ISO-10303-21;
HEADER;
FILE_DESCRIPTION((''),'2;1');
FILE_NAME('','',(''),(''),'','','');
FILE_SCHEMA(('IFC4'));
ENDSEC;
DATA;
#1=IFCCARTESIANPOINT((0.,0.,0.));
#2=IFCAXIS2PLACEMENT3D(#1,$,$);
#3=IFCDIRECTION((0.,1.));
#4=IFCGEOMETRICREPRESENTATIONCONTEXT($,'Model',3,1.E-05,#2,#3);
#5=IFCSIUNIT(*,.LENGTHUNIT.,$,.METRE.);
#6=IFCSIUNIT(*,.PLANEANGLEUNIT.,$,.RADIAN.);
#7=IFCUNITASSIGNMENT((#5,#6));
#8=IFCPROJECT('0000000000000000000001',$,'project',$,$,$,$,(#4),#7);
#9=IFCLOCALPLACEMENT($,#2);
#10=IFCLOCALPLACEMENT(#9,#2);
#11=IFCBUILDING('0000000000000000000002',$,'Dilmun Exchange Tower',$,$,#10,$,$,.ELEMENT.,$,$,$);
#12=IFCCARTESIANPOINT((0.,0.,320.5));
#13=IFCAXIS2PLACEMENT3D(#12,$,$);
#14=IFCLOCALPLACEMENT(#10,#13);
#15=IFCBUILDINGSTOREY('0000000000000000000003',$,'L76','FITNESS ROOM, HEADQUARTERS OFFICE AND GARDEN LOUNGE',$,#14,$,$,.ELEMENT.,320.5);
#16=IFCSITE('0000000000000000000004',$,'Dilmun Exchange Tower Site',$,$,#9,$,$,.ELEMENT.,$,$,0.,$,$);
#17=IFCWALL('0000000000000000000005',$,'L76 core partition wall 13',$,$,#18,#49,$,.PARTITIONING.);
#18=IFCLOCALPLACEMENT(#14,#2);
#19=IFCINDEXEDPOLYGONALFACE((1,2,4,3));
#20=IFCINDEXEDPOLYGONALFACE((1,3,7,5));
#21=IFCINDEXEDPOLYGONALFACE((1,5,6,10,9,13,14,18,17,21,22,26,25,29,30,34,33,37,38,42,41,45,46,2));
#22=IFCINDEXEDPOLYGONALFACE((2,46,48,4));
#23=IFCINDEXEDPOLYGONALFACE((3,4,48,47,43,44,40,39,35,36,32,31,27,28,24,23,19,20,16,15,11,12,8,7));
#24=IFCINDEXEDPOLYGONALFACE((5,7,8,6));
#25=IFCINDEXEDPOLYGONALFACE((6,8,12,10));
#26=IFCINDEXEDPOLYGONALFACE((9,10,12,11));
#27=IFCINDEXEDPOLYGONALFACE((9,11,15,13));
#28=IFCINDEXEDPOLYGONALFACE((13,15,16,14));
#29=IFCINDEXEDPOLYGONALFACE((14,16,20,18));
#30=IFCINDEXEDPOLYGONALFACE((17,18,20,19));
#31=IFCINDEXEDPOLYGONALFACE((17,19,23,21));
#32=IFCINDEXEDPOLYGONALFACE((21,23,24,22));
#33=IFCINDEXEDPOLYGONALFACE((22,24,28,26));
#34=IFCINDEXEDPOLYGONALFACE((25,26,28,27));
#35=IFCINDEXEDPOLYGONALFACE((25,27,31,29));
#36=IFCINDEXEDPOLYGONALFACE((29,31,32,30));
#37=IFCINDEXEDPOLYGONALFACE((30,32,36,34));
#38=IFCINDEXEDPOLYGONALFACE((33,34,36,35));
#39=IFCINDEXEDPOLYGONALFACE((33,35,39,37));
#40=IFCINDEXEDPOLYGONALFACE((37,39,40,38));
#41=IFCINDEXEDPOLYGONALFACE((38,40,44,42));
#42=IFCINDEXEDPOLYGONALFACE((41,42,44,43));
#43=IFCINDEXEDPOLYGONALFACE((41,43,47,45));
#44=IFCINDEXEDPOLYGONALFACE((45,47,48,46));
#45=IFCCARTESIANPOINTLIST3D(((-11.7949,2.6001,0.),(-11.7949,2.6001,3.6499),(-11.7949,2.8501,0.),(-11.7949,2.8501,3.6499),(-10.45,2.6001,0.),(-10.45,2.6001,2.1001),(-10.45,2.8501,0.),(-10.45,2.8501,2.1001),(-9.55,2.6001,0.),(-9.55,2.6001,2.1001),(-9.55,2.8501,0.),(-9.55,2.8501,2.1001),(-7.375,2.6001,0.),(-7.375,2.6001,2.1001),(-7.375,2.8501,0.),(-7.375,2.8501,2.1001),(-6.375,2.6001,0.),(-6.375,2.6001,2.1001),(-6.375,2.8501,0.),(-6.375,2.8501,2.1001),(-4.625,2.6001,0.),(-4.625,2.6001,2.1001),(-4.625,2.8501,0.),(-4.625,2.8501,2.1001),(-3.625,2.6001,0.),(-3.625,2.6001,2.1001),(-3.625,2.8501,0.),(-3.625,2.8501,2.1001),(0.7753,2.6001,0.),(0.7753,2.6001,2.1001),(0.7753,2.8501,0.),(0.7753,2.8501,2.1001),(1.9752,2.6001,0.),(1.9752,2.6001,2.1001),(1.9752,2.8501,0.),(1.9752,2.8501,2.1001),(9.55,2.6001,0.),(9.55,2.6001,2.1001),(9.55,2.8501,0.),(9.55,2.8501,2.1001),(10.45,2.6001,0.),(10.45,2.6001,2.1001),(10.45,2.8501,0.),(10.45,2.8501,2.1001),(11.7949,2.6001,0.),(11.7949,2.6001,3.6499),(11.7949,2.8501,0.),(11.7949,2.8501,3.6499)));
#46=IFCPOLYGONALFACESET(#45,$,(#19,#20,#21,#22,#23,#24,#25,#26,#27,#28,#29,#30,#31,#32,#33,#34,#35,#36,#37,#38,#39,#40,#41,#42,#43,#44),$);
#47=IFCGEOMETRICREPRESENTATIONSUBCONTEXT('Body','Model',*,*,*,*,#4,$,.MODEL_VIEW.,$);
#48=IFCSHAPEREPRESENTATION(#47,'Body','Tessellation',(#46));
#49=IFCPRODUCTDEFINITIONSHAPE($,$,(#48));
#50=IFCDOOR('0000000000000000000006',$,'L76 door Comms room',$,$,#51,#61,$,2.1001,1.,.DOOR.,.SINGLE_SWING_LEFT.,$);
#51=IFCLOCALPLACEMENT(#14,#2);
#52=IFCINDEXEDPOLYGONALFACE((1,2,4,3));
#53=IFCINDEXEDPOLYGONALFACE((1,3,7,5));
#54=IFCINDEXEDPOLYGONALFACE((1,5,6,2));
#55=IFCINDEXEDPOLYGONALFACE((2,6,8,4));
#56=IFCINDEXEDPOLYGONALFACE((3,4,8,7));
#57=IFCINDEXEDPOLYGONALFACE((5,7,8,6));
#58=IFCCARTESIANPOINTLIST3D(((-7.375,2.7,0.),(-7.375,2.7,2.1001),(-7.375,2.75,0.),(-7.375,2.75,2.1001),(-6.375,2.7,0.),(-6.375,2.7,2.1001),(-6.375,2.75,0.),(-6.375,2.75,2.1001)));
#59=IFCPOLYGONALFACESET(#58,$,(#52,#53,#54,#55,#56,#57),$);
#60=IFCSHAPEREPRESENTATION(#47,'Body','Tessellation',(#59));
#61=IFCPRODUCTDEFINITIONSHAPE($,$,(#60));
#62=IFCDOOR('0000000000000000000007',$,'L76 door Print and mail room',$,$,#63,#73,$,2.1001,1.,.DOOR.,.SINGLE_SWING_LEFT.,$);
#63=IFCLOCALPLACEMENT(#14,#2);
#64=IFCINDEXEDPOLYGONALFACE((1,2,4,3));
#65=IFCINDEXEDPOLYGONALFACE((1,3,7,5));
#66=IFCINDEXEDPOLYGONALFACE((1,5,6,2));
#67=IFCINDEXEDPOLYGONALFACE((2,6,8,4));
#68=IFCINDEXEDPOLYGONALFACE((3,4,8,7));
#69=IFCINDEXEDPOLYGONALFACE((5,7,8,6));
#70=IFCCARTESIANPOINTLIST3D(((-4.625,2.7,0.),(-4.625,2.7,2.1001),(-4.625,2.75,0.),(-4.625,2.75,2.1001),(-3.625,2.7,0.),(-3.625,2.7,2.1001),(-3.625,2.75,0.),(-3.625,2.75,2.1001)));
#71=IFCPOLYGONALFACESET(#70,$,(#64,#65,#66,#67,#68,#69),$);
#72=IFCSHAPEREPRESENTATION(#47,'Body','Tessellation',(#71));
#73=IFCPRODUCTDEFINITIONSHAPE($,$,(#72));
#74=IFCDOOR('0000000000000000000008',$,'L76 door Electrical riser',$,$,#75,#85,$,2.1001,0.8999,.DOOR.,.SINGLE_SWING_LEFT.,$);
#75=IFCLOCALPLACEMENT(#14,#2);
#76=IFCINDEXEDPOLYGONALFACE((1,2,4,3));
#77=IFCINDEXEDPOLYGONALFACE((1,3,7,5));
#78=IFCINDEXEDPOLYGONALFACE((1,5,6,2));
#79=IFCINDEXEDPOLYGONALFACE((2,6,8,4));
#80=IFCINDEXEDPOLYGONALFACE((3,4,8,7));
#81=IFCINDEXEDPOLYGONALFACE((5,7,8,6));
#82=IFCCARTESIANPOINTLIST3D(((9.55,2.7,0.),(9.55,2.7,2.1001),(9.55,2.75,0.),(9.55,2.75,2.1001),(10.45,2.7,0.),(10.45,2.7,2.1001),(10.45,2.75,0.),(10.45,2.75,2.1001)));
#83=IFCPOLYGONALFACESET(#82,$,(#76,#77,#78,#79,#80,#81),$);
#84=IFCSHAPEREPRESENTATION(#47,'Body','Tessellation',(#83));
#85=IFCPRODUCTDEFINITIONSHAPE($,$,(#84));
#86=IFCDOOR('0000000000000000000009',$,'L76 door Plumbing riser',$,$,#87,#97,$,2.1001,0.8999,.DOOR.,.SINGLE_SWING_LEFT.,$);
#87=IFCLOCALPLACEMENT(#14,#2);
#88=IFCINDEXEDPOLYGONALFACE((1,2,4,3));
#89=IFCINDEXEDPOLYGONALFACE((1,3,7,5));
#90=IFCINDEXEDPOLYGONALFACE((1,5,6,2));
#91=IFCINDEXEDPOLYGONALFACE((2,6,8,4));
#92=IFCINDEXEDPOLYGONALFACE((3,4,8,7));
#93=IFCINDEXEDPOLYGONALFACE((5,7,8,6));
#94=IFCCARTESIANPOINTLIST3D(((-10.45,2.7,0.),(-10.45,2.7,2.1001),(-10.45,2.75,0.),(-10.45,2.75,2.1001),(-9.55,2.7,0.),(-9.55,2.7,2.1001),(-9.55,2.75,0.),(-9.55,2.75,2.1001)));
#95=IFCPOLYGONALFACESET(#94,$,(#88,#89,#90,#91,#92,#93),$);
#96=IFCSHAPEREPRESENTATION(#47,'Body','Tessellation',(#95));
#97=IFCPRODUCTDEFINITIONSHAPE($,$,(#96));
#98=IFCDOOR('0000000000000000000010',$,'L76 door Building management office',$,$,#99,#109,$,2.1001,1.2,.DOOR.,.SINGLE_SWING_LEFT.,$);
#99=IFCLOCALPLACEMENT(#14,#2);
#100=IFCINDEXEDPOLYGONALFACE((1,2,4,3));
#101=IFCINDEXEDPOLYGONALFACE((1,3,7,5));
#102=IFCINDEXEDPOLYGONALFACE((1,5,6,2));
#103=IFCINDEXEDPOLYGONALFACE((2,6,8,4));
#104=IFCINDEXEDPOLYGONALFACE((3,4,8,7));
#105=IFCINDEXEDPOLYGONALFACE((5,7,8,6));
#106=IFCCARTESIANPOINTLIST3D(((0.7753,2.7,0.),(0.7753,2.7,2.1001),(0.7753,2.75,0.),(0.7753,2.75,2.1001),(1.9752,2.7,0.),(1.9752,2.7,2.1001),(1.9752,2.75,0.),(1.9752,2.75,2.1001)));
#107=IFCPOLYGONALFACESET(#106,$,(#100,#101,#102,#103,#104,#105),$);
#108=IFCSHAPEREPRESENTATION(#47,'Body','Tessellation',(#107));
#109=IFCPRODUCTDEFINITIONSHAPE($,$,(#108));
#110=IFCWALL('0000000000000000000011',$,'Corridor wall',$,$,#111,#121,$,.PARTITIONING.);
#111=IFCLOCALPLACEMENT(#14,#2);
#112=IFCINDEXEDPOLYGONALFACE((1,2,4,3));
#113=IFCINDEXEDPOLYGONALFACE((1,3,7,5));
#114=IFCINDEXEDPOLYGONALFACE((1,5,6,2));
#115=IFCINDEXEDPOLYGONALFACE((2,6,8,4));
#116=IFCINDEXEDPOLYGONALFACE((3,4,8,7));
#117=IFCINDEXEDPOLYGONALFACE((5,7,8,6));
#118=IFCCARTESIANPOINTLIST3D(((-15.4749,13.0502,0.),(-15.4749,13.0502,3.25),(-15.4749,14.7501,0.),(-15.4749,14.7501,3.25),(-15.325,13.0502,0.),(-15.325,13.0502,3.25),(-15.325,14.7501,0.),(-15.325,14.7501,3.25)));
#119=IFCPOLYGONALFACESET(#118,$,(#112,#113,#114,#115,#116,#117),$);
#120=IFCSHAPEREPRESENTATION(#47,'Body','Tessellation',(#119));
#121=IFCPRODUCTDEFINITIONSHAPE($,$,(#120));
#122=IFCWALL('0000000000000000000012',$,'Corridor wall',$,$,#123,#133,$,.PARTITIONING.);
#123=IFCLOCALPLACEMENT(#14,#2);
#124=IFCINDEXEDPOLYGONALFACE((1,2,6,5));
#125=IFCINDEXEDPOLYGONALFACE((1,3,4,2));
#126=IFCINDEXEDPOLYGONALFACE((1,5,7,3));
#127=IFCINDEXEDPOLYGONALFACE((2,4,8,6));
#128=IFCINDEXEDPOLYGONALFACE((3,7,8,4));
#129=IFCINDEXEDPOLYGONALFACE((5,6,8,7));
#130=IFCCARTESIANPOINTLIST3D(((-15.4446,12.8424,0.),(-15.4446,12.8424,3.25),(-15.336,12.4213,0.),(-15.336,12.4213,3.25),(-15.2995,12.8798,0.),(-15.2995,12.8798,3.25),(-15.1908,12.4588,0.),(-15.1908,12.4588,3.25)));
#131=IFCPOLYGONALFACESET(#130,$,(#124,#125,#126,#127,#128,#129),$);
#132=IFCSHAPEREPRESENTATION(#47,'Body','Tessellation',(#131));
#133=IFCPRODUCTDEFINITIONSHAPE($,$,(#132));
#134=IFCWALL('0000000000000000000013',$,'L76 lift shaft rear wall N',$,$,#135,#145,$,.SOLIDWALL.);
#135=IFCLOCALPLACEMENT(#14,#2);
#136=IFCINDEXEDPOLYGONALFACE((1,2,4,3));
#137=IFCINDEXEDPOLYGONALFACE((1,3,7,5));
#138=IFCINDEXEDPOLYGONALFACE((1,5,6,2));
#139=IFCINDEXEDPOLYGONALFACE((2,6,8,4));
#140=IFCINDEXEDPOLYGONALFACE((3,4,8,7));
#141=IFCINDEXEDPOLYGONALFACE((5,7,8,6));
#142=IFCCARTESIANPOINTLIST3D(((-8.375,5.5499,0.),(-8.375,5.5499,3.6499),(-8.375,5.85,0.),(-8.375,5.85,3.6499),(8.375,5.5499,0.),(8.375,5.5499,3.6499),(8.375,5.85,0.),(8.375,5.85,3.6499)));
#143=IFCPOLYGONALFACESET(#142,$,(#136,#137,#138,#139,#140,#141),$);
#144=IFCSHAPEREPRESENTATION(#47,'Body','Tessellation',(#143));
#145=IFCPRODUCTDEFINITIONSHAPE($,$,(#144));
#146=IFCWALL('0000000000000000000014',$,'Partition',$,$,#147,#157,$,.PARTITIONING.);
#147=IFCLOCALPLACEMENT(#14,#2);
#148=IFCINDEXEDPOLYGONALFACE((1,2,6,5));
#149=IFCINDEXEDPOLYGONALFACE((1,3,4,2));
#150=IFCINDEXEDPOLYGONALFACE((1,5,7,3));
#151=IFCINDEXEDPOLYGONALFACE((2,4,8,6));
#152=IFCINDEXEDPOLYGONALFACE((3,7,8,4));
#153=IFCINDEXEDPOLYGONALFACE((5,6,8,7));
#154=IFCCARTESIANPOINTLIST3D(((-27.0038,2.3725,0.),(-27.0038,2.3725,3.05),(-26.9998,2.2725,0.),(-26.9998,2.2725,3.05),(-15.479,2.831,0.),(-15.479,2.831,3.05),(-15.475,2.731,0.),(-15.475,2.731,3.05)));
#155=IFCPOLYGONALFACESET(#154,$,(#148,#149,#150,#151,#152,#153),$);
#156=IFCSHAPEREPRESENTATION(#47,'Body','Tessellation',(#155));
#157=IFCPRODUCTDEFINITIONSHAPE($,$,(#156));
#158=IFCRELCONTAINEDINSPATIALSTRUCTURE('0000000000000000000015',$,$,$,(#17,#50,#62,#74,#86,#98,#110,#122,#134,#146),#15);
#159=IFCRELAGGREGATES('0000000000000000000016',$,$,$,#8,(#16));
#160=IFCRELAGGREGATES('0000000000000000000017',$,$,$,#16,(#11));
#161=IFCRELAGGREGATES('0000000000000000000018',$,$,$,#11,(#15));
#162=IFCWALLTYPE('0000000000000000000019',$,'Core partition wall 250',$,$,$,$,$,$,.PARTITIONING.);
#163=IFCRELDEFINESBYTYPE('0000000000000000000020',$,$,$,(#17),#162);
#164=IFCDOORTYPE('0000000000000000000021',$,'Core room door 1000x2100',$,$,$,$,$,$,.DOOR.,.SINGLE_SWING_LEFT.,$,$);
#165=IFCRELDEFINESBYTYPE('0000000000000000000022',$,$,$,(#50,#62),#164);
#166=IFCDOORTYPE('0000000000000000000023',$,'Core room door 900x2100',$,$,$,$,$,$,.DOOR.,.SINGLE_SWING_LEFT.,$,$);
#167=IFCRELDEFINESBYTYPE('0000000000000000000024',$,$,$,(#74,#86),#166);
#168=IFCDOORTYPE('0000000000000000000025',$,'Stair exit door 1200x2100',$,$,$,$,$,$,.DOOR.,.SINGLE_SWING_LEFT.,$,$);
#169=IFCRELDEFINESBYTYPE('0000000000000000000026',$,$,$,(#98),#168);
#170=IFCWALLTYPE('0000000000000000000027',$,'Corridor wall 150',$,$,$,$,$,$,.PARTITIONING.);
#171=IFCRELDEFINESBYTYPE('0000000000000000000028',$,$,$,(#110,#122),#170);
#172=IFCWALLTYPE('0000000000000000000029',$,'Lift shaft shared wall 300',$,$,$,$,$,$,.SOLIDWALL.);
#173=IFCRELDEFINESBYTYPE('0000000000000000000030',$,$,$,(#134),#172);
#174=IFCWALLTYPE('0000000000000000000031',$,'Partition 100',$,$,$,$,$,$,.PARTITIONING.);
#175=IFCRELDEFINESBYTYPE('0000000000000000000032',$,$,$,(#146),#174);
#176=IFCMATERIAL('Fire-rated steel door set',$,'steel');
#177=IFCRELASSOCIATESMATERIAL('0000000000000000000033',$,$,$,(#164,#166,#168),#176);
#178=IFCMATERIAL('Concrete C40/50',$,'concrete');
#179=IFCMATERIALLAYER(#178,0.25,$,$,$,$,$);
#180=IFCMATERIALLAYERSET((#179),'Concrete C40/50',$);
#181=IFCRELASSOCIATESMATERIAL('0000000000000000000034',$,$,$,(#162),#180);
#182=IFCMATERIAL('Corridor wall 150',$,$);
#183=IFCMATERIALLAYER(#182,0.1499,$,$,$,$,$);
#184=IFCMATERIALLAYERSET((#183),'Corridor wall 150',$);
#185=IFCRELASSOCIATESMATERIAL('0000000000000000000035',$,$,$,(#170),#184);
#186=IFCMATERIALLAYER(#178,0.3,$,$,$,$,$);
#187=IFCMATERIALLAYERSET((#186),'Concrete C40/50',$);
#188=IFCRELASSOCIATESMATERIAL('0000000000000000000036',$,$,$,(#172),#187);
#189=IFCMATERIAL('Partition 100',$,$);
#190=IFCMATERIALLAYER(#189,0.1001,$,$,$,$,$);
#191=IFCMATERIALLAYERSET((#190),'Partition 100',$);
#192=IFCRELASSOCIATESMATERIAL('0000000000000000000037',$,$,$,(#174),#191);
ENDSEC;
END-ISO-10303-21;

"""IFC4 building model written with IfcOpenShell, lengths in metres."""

from ifc_helpers import new_model, si_unit, direction, frame, frame_2d, origin, place, context, subcontext, project, spatial, rectangle, extrude, material, layer, layer_set, type_object, element, fill, save


model = new_model("IFC4")

# Units and contexts
model_context = context("Model", 3, precision=1e-05, world=origin(), true_north=direction((0.0, 1.0)))
body_context = subcontext(model_context, "Body", "Model", "MODEL_VIEW")
ifc_project = project(units=[si_unit("LENGTHUNIT", "METRE"), si_unit("PLANEANGLEUNIT", "RADIAN")], contexts=[model_context])

# Site, building, storey
site_placement = place(None, origin())
site = spatial("IfcSite", under=ifc_project, at=site_placement, Name="Dilmun Exchange Tower Site", CompositionType="ELEMENT", RefElevation=0.0)
building_placement = place(site_placement, origin())
building = spatial("IfcBuilding", under=site, at=building_placement, Name="Dilmun Exchange Tower", CompositionType="ELEMENT")
storey_placement = place(building_placement, frame((0.0, 0.0, 320.5)))
storey = spatial("IfcBuildingStorey", under=building, at=storey_placement, Name="L76", Description="FITNESS ROOM, HEADQUARTERS OFFICE AND GARDEN LOUNGE", CompositionType="ELEMENT", Elevation=320.5)

# Shared definitions
ifc_material_1 = material(Name="Concrete C40/50", Category="concrete")

# Shared definitions
ifc_material_2 = material(Name="Fire-rated steel door set", Category="steel")
door_type_1 = type_object("IfcDoorType", Name="Core room door 1000x2100", OperationType="SINGLE_SWING_LEFT", PredefinedType="DOOR", material=ifc_material_2)

# Wall, openings, doors
ifc_layer_1 = layer(ifc_material_1, 0.25)
ifc_layer_set_1 = layer_set([ifc_layer_1], Name="Concrete C40/50")
wall_type_1 = type_object("IfcWallType", Name="Core partition wall 250", PredefinedType="PARTITIONING", material=ifc_layer_set_1)
wall_1_placement = place(storey_placement, frame((-11.7949, 2.7251, 0.0), z_axis=(0.0, 0.0, 1.0), x_axis=(1.0, 0.0, 0.0)))
wall_1 = element("IfcWall", 1, at=wall_1_placement, inside=storey, type_object=wall_type_1, Name="L76 core partition wall 13", PredefinedType="PARTITIONING", context=body_context, shape_type="SweptSolid", body=[
    extrude(rectangle(XDim=23.5898, YDim=0.25, at=frame_2d((11.7949, 0.0))), origin(), (0.0, 0.0, 1.0), 3.6499),
])
opening_1_placement = place(wall_1_placement, frame((21.345, 0.0, 0.0)))
opening_1 = element("IfcOpeningElement", 2, at=opening_1_placement, cuts=wall_1, PredefinedType="OPENING", context=body_context, shape_type="SweptSolid", body=[
    extrude(rectangle(XDim=0.8999, YDim=2.1001, at=frame_2d((0.45, 1.05))), frame((0.0, 0.135, 0.0), z_axis=(0.0, -1.0, 0.0), x_axis=(1.0, 0.0, 0.0)), (0.0, 0.0, 1.0), 0.27),
])
opening_2_placement = place(wall_1_placement, frame((1.345, 0.0, 0.0)))
opening_2 = element("IfcOpeningElement", 3, at=opening_2_placement, cuts=wall_1, PredefinedType="OPENING", context=body_context, shape_type="SweptSolid", body=[
    extrude(rectangle(XDim=0.8999, YDim=2.1001, at=frame_2d((0.45, 1.05))), frame((0.0, 0.135, 0.0), z_axis=(0.0, -1.0, 0.0), x_axis=(1.0, 0.0, 0.0)), (0.0, 0.0, 1.0), 0.27),
])
opening_3_placement = place(wall_1_placement, frame((4.4199, 0.0, 0.0)))
opening_3 = element("IfcOpeningElement", 4, at=opening_3_placement, cuts=wall_1, PredefinedType="OPENING", context=body_context, shape_type="SweptSolid", body=[
    extrude(rectangle(XDim=1.0, YDim=2.1001, at=frame_2d((0.5, 1.05))), frame((0.0, 0.135, 0.0), z_axis=(0.0, -1.0, 0.0), x_axis=(1.0, 0.0, 0.0)), (0.0, 0.0, 1.0), 0.27),
])
opening_4_placement = place(wall_1_placement, frame((7.1699, 0.0, 0.0)))
opening_4 = element("IfcOpeningElement", 5, at=opening_4_placement, cuts=wall_1, PredefinedType="OPENING", context=body_context, shape_type="SweptSolid", body=[
    extrude(rectangle(XDim=1.0, YDim=2.1001, at=frame_2d((0.5, 1.05))), frame((0.0, 0.135, 0.0), z_axis=(0.0, -1.0, 0.0), x_axis=(1.0, 0.0, 0.0)), (0.0, 0.0, 1.0), 0.27),
])
opening_5_placement = place(wall_1_placement, frame((12.5701, 0.0, 0.0)))
opening_5 = element("IfcOpeningElement", 6, at=opening_5_placement, cuts=wall_1, PredefinedType="OPENING", context=body_context, shape_type="SweptSolid", body=[
    extrude(rectangle(XDim=1.2, YDim=2.1001, at=frame_2d((0.6001, 1.05))), frame((0.0, 0.135, 0.0), z_axis=(0.0, -1.0, 0.0), x_axis=(1.0, 0.0, 0.0)), (0.0, 0.0, 1.0), 0.27),
])
door_1_placement = place(opening_3_placement, origin())
door_1 = element("IfcDoor", 7, at=door_1_placement, inside=storey, type_object=door_type_1, Name="L76 door Comms room", OperationType="SINGLE_SWING_LEFT", OverallHeight=2.1001, OverallWidth=1.0, PredefinedType="DOOR", context=body_context, shape_type="SweptSolid", body=[
    extrude(rectangle(XDim=1.0, YDim=2.1001, at=frame_2d((0.5, 1.05))), frame((0.0, 0.0249, 0.0), z_axis=(0.0, -1.0, 0.0), x_axis=(1.0, 0.0, 0.0)), (0.0, 0.0, 1.0), 0.05),
])
fill(opening_3, door_1)
door_2_placement = place(opening_4_placement, origin())
door_2 = element("IfcDoor", 8, at=door_2_placement, inside=storey, type_object=door_type_1, Name="L76 door Print and mail room", OperationType="SINGLE_SWING_LEFT", OverallHeight=2.1001, OverallWidth=1.0, PredefinedType="DOOR", context=body_context, shape_type="SweptSolid", body=[
    extrude(rectangle(XDim=1.0, YDim=2.1001, at=frame_2d((0.5, 1.05))), frame((0.0, 0.0249, 0.0), z_axis=(0.0, -1.0, 0.0), x_axis=(1.0, 0.0, 0.0)), (0.0, 0.0, 1.0), 0.05),
])
fill(opening_4, door_2)
door_type_2 = type_object("IfcDoorType", Name="Core room door 900x2100", OperationType="SINGLE_SWING_LEFT", PredefinedType="DOOR", material=ifc_material_2)
door_3_placement = place(opening_1_placement, origin())
door_3 = element("IfcDoor", 9, at=door_3_placement, inside=storey, type_object=door_type_2, Name="L76 door Electrical riser", OperationType="SINGLE_SWING_LEFT", OverallHeight=2.1001, OverallWidth=0.8999, PredefinedType="DOOR", context=body_context, shape_type="SweptSolid", body=[
    extrude(rectangle(XDim=0.8999, YDim=2.1001, at=frame_2d((0.45, 1.05))), frame((0.0, 0.0249, 0.0), z_axis=(0.0, -1.0, 0.0), x_axis=(1.0, 0.0, 0.0)), (0.0, 0.0, 1.0), 0.05),
])
fill(opening_1, door_3)
door_4_placement = place(opening_2_placement, origin())
door_4 = element("IfcDoor", 10, at=door_4_placement, inside=storey, type_object=door_type_2, Name="L76 door Plumbing riser", OperationType="SINGLE_SWING_LEFT", OverallHeight=2.1001, OverallWidth=0.8999, PredefinedType="DOOR", context=body_context, shape_type="SweptSolid", body=[
    extrude(rectangle(XDim=0.8999, YDim=2.1001, at=frame_2d((0.45, 1.05))), frame((0.0, 0.0249, 0.0), z_axis=(0.0, -1.0, 0.0), x_axis=(1.0, 0.0, 0.0)), (0.0, 0.0, 1.0), 0.05),
])
fill(opening_2, door_4)
door_type_3 = type_object("IfcDoorType", Name="Stair exit door 1200x2100", OperationType="SINGLE_SWING_LEFT", PredefinedType="DOOR", material=ifc_material_2)
door_5_placement = place(opening_5_placement, origin())
door_5 = element("IfcDoor", 11, at=door_5_placement, inside=storey, type_object=door_type_3, Name="L76 door Building management office", OperationType="SINGLE_SWING_LEFT", OverallHeight=2.1001, OverallWidth=1.2, PredefinedType="DOOR", context=body_context, shape_type="SweptSolid", body=[
    extrude(rectangle(XDim=1.2, YDim=2.1001, at=frame_2d((0.6001, 1.05))), frame((0.0, 0.0249, 0.0), z_axis=(0.0, -1.0, 0.0), x_axis=(1.0, 0.0, 0.0)), (0.0, 0.0, 1.0), 0.05),
])
fill(opening_5, door_5)

# Walls
ifc_material_3 = material(Name="Corridor wall 150")
ifc_layer_2 = layer(ifc_material_3, 0.1499)
ifc_layer_set_2 = layer_set([ifc_layer_2], Name="Corridor wall 150")
wall_type_2 = type_object("IfcWallType", Name="Corridor wall 150", PredefinedType="PARTITIONING", material=ifc_layer_set_2)
wall_2_placement = place(storey_placement, frame((-15.3999, 13.05, 0.0), z_axis=(0.0, 0.0, 1.0), x_axis=(0.0, 1.0, 0.0)))
element("IfcWall", 12, at=wall_2_placement, inside=storey, type_object=wall_type_2, Name="Corridor wall", PredefinedType="PARTITIONING", context=body_context, shape_type="SweptSolid", body=[
    extrude(rectangle(XDim=1.7, YDim=0.1499, at=frame_2d((0.8501, 0.0))), origin(), (0.0, 0.0, 1.0), 3.25),
])
wall_3_placement = place(storey_placement, frame((-15.2634, 12.4402, 0.0), z_axis=(0.0, 0.0, 1.0), x_axis=(-0.249929, 0.968264, 0.0)))
element("IfcWall", 13, at=wall_3_placement, inside=storey, type_object=wall_type_2, Name="Corridor wall", PredefinedType="PARTITIONING", context=body_context, shape_type="SweptSolid", body=[
    extrude(rectangle(XDim=0.4348, YDim=0.1499, at=frame_2d((0.2173, 0.0))), origin(), (0.0, 0.0, 1.0), 3.25),
])
ifc_layer_3 = layer(ifc_material_1, 0.3)
ifc_layer_set_3 = layer_set([ifc_layer_3], Name="Concrete C40/50")
wall_type_3 = type_object("IfcWallType", Name="Lift shaft shared wall 300", PredefinedType="SOLIDWALL", material=ifc_layer_set_3)
wall_4_placement = place(storey_placement, frame((-8.375, 5.7, 0.0), z_axis=(0.0, 0.0, 1.0), x_axis=(1.0, 0.0, 0.0)))
element("IfcWall", 14, at=wall_4_placement, inside=storey, type_object=wall_type_3, Name="L76 lift shaft rear wall N", PredefinedType="SOLIDWALL", context=body_context, shape_type="SweptSolid", body=[
    extrude(rectangle(XDim=16.75, YDim=0.3, at=frame_2d((8.375, 0.0))), origin(), (0.0, 0.0, 1.0), 3.6499),
])
ifc_material_4 = material(Name="Partition 100")
ifc_layer_4 = layer(ifc_material_4, 0.1001)
ifc_layer_set_4 = layer_set([ifc_layer_4], Name="Partition 100")
wall_type_4 = type_object("IfcWallType", Name="Partition 100", PredefinedType="PARTITIONING", material=ifc_layer_set_4)
wall_5_placement = place(storey_placement, frame((-27.002, 2.3225, 0.0), z_axis=(0.0, 0.0, 1.0), x_axis=(0.99921, 0.039752, 0.0)))
element("IfcWall", 15, at=wall_5_placement, inside=storey, type_object=wall_type_4, Name="Partition", PredefinedType="PARTITIONING", context=body_context, shape_type="SweptSolid", body=[
    extrude(rectangle(XDim=11.5339, YDim=0.1001, at=frame_2d((5.7671, 0.0))), origin(), (0.0, 0.0, 1.0), 3.05),
])

save(model, "model.ifc")
